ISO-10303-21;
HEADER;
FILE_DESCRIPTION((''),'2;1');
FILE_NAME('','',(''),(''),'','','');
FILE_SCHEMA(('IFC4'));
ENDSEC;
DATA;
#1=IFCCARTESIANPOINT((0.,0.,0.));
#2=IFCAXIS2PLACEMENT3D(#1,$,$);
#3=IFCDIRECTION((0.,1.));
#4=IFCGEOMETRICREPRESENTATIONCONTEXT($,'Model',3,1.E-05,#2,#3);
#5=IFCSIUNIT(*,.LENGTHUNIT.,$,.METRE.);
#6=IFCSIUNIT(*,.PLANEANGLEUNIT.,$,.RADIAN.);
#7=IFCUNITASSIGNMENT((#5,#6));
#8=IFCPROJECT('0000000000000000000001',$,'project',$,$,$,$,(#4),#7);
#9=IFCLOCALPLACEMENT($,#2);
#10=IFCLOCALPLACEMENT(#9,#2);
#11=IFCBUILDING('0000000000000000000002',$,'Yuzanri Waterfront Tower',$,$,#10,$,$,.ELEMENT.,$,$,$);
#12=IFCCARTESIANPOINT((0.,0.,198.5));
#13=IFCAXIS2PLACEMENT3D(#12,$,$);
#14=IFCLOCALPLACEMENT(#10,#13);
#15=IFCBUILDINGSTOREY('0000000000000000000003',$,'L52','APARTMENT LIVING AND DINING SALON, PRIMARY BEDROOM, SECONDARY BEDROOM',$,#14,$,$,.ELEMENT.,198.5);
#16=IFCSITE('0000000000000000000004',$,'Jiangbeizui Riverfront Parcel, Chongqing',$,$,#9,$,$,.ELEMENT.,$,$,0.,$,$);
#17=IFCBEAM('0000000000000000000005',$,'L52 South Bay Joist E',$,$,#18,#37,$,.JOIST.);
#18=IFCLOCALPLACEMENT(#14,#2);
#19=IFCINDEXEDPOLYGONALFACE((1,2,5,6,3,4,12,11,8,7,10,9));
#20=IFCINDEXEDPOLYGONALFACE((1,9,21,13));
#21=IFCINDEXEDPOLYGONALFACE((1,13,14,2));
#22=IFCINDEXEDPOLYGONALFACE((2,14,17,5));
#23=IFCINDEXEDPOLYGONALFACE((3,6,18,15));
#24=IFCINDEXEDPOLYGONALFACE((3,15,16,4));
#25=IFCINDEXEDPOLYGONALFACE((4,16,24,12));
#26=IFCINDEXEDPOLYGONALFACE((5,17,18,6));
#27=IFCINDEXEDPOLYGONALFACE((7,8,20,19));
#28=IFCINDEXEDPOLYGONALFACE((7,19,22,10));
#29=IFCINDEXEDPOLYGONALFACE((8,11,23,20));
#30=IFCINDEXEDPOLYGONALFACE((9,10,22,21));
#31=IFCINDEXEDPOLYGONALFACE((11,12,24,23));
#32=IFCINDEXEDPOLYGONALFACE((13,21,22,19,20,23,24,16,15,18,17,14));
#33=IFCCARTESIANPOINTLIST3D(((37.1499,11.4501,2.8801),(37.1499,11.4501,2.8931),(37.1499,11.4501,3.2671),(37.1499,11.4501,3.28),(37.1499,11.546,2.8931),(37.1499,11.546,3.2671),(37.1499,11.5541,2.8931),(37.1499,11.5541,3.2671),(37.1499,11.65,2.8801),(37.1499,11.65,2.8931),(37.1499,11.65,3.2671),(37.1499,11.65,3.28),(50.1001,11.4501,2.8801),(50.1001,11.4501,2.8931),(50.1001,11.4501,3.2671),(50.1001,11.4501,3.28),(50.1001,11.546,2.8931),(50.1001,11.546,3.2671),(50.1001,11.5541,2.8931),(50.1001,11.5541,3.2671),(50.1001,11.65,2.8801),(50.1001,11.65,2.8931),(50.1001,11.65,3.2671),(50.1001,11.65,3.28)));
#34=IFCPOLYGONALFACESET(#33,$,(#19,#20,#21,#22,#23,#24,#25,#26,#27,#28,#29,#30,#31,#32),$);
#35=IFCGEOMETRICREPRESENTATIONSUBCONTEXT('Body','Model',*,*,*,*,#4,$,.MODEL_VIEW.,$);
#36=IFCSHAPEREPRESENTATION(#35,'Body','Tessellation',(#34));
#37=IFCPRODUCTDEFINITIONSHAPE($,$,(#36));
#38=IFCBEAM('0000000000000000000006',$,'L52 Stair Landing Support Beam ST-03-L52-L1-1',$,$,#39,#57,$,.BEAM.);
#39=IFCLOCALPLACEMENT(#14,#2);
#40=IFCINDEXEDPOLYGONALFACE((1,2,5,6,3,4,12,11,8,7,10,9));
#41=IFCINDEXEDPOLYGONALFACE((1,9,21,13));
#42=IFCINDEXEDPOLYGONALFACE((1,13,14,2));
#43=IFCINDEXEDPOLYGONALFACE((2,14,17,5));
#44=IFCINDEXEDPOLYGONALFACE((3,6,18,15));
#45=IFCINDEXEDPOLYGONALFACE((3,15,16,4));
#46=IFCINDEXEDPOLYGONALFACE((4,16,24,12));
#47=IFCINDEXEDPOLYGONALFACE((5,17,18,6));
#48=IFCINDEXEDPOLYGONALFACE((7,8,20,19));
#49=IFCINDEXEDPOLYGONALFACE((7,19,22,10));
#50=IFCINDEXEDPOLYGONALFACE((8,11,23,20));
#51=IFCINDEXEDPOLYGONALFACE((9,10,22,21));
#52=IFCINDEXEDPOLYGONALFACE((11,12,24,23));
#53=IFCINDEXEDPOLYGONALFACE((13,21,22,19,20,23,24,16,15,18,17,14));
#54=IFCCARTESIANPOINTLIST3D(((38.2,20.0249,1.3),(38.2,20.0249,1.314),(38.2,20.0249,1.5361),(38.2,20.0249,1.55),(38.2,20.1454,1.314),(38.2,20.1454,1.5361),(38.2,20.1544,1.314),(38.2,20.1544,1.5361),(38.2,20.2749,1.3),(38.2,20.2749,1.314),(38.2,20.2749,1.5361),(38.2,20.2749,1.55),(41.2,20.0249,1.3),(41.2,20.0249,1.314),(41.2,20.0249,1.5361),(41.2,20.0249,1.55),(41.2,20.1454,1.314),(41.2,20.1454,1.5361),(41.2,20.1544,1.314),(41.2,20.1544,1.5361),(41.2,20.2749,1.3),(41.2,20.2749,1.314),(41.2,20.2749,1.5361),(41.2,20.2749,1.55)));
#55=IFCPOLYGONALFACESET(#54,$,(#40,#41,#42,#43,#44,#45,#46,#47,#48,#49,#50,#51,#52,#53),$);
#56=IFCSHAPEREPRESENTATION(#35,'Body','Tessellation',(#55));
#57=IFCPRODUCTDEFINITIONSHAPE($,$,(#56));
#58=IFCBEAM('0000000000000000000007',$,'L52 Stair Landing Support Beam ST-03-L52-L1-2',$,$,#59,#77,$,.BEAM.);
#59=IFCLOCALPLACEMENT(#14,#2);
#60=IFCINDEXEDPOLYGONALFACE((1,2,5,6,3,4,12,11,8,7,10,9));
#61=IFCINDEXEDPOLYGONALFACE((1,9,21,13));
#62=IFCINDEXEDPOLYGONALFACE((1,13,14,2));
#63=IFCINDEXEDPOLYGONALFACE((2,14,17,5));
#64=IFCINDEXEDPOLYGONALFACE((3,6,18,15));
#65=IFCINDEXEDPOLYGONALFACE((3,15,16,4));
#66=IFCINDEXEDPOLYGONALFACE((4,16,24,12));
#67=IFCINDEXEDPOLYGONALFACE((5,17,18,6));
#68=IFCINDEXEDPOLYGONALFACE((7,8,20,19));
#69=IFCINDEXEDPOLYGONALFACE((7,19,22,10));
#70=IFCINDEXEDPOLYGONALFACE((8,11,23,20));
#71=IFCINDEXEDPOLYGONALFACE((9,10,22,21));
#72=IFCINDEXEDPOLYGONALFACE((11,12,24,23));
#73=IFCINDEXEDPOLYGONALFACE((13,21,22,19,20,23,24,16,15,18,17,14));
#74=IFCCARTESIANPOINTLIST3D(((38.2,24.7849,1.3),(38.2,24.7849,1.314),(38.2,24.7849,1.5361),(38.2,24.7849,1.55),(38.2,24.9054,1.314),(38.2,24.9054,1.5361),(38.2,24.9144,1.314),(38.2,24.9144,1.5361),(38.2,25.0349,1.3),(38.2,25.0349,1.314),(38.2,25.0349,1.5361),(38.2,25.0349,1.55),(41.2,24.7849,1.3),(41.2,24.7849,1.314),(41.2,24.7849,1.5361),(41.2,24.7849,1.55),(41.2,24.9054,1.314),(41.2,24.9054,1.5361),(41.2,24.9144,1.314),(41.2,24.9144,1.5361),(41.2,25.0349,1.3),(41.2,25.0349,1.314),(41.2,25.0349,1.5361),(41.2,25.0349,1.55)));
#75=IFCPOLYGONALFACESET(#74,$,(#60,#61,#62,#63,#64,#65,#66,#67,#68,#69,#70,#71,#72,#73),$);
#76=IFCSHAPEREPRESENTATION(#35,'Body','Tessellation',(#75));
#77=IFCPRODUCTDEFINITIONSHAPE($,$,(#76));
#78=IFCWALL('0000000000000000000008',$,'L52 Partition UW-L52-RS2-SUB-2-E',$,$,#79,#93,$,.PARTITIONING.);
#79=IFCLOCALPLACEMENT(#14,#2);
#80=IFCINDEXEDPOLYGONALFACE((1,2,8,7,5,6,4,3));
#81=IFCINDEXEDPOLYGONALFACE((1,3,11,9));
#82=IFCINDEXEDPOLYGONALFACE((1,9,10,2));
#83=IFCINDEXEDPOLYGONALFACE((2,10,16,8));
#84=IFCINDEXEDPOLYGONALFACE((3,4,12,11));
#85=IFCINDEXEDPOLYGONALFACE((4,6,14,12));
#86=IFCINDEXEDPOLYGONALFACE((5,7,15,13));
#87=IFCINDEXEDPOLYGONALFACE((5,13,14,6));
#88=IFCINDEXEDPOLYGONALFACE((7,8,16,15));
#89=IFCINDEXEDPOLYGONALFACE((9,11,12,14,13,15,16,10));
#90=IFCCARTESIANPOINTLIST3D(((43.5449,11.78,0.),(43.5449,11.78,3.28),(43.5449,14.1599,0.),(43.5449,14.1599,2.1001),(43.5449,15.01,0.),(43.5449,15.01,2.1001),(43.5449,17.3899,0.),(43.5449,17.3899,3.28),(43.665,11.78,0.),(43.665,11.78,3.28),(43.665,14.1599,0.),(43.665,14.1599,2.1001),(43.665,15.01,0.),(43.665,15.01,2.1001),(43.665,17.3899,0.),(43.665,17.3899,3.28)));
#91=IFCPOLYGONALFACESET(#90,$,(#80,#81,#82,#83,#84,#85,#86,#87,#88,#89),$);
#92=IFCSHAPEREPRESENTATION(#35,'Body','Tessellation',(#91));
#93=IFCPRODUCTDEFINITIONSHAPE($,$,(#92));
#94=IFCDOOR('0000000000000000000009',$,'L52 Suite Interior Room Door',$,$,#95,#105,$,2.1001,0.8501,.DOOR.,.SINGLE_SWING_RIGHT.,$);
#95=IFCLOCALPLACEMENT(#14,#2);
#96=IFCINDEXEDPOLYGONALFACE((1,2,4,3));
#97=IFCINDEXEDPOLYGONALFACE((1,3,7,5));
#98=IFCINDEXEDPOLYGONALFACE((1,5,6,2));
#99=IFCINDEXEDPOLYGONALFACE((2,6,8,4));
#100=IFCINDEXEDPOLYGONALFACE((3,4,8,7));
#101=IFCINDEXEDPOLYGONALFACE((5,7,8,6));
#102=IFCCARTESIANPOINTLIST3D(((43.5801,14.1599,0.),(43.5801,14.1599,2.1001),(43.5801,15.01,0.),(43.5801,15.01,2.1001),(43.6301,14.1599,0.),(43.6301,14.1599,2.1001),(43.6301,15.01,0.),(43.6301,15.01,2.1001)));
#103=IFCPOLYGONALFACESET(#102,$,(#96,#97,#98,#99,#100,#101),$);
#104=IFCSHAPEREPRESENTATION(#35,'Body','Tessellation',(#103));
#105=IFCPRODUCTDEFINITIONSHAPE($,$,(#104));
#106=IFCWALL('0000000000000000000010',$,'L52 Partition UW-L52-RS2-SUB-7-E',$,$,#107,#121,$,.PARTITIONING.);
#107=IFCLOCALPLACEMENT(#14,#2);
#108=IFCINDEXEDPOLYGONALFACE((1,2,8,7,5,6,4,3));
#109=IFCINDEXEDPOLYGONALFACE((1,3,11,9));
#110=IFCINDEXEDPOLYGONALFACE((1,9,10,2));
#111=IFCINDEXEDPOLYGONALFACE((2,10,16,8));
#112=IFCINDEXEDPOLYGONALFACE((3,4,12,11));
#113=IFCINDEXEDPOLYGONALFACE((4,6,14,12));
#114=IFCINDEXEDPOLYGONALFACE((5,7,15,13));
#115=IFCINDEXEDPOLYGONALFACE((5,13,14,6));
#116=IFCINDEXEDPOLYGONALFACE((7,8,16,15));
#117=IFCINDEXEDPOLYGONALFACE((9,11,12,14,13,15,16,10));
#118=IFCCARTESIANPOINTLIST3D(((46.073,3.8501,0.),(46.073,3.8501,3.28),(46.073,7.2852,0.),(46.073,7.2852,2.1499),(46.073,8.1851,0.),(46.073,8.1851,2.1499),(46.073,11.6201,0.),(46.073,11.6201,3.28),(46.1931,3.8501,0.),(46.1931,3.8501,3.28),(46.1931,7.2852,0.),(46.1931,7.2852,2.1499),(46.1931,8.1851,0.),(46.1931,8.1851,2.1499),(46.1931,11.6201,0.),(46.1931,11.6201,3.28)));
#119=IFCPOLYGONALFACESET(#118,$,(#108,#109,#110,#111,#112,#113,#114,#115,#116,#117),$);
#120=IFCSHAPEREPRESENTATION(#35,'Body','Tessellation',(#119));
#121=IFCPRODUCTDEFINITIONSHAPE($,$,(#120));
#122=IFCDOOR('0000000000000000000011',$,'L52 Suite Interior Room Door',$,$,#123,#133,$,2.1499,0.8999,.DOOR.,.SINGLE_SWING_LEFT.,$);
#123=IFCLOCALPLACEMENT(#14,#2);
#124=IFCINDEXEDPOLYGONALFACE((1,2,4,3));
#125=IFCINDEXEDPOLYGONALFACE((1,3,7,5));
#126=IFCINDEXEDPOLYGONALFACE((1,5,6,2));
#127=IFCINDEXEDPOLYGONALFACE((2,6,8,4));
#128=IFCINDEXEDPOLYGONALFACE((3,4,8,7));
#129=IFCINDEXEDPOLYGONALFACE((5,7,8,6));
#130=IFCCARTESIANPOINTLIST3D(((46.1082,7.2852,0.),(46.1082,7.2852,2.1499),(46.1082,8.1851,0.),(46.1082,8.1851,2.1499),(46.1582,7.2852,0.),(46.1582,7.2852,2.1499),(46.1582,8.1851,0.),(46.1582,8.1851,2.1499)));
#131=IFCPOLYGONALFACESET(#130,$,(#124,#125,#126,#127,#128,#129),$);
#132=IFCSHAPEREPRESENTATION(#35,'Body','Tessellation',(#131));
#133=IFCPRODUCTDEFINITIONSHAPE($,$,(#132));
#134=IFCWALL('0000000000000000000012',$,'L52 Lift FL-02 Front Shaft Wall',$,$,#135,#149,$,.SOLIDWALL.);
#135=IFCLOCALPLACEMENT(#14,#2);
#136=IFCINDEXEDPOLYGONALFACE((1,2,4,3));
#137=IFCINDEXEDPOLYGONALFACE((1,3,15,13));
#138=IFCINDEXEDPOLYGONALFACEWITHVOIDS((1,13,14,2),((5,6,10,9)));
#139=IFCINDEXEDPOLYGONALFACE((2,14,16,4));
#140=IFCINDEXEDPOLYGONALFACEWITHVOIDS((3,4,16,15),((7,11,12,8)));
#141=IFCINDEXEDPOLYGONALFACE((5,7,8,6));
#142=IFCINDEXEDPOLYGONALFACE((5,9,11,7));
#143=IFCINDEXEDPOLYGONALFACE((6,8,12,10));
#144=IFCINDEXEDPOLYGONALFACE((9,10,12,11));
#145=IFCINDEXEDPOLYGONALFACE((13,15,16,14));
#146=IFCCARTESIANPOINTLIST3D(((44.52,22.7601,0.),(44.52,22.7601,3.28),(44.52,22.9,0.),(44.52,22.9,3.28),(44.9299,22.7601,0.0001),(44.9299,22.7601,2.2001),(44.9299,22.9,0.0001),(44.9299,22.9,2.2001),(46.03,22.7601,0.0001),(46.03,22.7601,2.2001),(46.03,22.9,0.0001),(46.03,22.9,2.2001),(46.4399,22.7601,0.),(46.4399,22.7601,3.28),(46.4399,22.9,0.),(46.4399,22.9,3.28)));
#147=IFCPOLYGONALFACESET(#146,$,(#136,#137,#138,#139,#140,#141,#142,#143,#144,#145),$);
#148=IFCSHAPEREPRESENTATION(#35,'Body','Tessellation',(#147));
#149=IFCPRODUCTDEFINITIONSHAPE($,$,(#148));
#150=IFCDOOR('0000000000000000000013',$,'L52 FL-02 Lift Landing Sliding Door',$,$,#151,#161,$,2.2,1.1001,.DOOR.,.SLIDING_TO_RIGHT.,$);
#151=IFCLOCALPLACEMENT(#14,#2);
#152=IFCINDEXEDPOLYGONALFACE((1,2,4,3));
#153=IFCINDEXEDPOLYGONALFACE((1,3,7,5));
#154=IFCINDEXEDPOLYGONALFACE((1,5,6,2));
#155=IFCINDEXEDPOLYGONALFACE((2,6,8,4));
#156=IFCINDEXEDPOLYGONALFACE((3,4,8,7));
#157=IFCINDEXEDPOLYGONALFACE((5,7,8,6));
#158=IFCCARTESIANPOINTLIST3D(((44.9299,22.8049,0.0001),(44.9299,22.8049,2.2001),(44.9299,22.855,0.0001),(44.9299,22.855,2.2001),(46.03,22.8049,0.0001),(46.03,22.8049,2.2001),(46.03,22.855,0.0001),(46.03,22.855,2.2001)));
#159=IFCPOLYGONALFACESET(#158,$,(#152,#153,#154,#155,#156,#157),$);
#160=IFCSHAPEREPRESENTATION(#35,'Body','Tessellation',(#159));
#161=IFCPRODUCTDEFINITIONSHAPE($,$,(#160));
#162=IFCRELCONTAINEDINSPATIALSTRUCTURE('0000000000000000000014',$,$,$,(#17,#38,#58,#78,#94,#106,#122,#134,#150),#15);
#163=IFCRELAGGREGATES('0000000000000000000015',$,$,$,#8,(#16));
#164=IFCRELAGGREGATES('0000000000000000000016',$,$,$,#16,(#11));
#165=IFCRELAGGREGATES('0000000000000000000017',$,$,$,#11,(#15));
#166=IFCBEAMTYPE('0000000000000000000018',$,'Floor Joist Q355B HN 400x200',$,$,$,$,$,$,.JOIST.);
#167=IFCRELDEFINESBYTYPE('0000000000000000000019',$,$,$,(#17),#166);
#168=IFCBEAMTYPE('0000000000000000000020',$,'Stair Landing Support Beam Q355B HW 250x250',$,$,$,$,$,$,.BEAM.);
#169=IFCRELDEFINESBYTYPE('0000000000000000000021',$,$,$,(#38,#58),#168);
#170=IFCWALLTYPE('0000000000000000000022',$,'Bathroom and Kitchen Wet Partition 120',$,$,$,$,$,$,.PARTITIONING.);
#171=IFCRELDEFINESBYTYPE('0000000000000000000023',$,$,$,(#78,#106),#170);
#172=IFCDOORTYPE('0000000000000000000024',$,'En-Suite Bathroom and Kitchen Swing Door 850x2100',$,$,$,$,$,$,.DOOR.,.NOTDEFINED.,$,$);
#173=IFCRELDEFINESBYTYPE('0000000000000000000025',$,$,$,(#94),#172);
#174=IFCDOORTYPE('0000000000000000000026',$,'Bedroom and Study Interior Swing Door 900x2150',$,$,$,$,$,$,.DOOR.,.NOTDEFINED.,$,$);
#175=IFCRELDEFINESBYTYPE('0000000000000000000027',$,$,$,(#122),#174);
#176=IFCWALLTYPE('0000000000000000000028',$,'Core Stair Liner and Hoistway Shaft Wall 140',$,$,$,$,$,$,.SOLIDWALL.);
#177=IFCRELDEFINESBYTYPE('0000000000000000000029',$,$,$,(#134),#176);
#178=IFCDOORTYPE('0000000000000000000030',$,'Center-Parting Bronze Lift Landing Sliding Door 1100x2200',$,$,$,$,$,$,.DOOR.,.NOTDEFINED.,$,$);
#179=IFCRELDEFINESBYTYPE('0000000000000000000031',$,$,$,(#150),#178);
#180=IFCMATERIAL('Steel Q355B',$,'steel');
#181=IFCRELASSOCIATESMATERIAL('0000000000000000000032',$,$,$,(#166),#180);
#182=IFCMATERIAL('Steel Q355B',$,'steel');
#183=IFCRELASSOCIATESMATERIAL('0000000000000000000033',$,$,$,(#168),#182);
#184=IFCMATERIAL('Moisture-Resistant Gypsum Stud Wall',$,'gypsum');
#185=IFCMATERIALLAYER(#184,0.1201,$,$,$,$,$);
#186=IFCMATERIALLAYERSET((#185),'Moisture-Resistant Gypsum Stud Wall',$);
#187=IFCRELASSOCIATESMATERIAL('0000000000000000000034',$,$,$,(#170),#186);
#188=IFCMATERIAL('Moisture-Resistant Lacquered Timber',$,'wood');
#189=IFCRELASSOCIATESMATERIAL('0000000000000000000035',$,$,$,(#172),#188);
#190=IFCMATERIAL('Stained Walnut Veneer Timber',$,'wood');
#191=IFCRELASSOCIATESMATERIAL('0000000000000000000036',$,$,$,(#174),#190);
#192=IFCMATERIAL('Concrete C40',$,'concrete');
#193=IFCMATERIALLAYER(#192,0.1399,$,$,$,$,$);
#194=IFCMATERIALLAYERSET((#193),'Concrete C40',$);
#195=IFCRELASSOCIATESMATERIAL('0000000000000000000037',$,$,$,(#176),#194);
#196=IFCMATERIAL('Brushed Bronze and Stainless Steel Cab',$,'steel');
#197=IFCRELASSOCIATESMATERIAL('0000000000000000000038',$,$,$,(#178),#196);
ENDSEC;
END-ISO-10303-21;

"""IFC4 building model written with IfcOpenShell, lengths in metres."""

from ifc_helpers import new_model, si_unit, direction, frame, frame_2d, origin, origin_2d, place, context, subcontext, project, spatial, rectangle, i_section, extrude, source, transform, mapped, material, layer, layer_set, material_profile, profile_set, type_object, element, fill, save


model = new_model("IFC4")

# Units and contexts
model_context = context("Model", 3, precision=1e-05, world=origin(), true_north=direction((0.0, 1.0)))
body_context = subcontext(model_context, "Body", "Model", "MODEL_VIEW")
ifc_project = project(units=[si_unit("LENGTHUNIT", "METRE"), si_unit("PLANEANGLEUNIT", "RADIAN")], contexts=[model_context])

# Site, building, storey
site_placement = place(None, origin())
site = spatial("IfcSite", under=ifc_project, at=site_placement, Name="Jiangbeizui Riverfront Parcel, Chongqing", CompositionType="ELEMENT", RefElevation=0.0)
building_placement = place(site_placement, origin())
building = spatial("IfcBuilding", under=site, at=building_placement, Name="Yuzanri Waterfront Tower", CompositionType="ELEMENT")
storey_placement = place(building_placement, frame((0.0, 0.0, 198.5)))
storey = spatial("IfcBuildingStorey", under=building, at=storey_placement, Name="L52", Description="APARTMENT LIVING AND DINING SALON, PRIMARY BEDROOM, SECONDARY BEDROOM", CompositionType="ELEMENT", Elevation=198.5)

# Beams
ifc_material_1 = material(Name="Steel Q355B", Category="steel")
ifc_material_profile_1 = material_profile(ifc_material_1, i_section(OverallWidth=0.2, OverallDepth=0.3999, WebThickness=0.0081, FlangeThickness=0.0129, at=origin_2d()), Name="HN 400x200x8x13")
ifc_profile_set_1 = profile_set([ifc_material_profile_1], Name="Steel Q355B")
beam_type_1 = type_object("IfcBeamType", Name="Floor Joist Q355B HN 400x200", PredefinedType="JOIST", material=ifc_profile_set_1)
shared_shape_1 = source(origin(), body_context, "Body", "SweptSolid", [
    extrude(i_section(OverallWidth=0.2, OverallDepth=0.3999, WebThickness=0.0081, FlangeThickness=0.0129, at=origin_2d()), origin(), (0.0, 0.0, 1.0), 12.9502),
])
beam_placement = place(storey_placement, frame((37.1499, 11.55, 3.0801), z_axis=(1.0, 0.0, 0.0), x_axis=(0.0, 1.0, 0.0)))
element("IfcBeam", 1, at=beam_placement, inside=storey, type_object=beam_type_1, Name="L52 South Bay Joist E", PredefinedType="JOIST", context=body_context, shape_type="MappedRepresentation", body=[
    mapped(shared_shape_1, transform((0.0, 0.0, 0.0), scale=1.0)),
])
ifc_material_2 = material(Name="Steel Q355B", Category="steel")
ifc_material_profile_2 = material_profile(ifc_material_2, i_section(OverallWidth=0.25, OverallDepth=0.25, WebThickness=0.009, FlangeThickness=0.0139, at=origin_2d()), Name="HW 250x250x9x14")
ifc_profile_set_2 = profile_set([ifc_material_profile_2], Name="Steel Q355B")
beam_type_2 = type_object("IfcBeamType", Name="Stair Landing Support Beam Q355B HW 250x250", PredefinedType="BEAM", material=ifc_profile_set_2)
shared_shape_2 = source(origin(), body_context, "Body", "SweptSolid", [
    extrude(i_section(OverallWidth=0.25, OverallDepth=0.25, WebThickness=0.009, FlangeThickness=0.0139, at=origin_2d()), origin(), (0.0, 0.0, 1.0), 3.0),
])
for number, where, z_axis, x_axis, name in (
    (2, (38.2, 20.1499, 1.425), (1.0, 0.0, 0.0), (0.0, 1.0, 0.0), "L52 Stair Landing Support Beam ST-03-L52-L1-1"),
    (3, (38.2, 24.9099, 1.425), (1.0, 0.0, 0.0), (0.0, 1.0, 0.0), "L52 Stair Landing Support Beam ST-03-L52-L1-2"),
):
    element("IfcBeam", number, at=place(storey_placement, frame(where, z_axis=z_axis, x_axis=x_axis)), inside=storey, type_object=beam_type_2, Name=name, PredefinedType="BEAM", context=body_context, shape_type="MappedRepresentation", body=[
        mapped(shared_shape_2, transform((0.0, 0.0, 0.0), scale=1.0)),
    ])

# Walls, openings, doors
ifc_material_3 = material(Name="Moisture-Resistant Gypsum Stud Wall", Category="gypsum")
ifc_layer_1 = layer(ifc_material_3, 0.1201)
ifc_layer_set_1 = layer_set([ifc_layer_1], Name="Moisture-Resistant Gypsum Stud Wall")
wall_type_1 = type_object("IfcWallType", Name="Bathroom and Kitchen Wet Partition 120", PredefinedType="PARTITIONING", material=ifc_layer_set_1)
wall_1_placement = place(storey_placement, frame((43.605, 11.78, 0.0), z_axis=(0.0, 0.0, 1.0), x_axis=(0.0, 1.0, 0.0)))
wall_1 = element("IfcWall", 4, at=wall_1_placement, inside=storey, type_object=wall_type_1, Name="L52 Partition UW-L52-RS2-SUB-2-E", PredefinedType="PARTITIONING", context=body_context, shape_type="SweptSolid", body=[
    extrude(rectangle(XDim=5.6099, YDim=0.1201, at=frame_2d((2.8049, 0.0))), origin(), (0.0, 0.0, 1.0), 3.28),
])
opening_1_placement = place(wall_1_placement, frame((2.3799, 0.0, 0.0)))
opening_1 = element("IfcOpeningElement", 5, at=opening_1_placement, cuts=wall_1, PredefinedType="OPENING", context=body_context, shape_type="SweptSolid", body=[
    extrude(rectangle(XDim=0.8501, YDim=2.1001, at=frame_2d((0.425, 1.05))), frame((0.0, 0.075, 0.0), z_axis=(0.0, -1.0, 0.0), x_axis=(1.0, 0.0, 0.0)), (0.0, 0.0, 1.0), 0.1499),
])
ifc_material_4 = material(Name="Moisture-Resistant Lacquered Timber", Category="wood")
door_type_1 = type_object("IfcDoorType", Name="En-Suite Bathroom and Kitchen Swing Door 850x2100", OperationType="NOTDEFINED", PredefinedType="DOOR", material=ifc_material_4)
shared_shape_3 = source(origin(), body_context, "Body", "SweptSolid", [
    extrude(rectangle(XDim=0.8501, YDim=2.1001, at=frame_2d((0.425, 1.05))), frame((0.0, 0.0249, 0.0), z_axis=(0.0, -1.0, 0.0), x_axis=(1.0, 0.0, 0.0)), (0.0, 0.0, 1.0), 0.05),
])
door_1_placement = place(opening_1_placement, origin())
door_1 = element("IfcDoor", 6, at=door_1_placement, inside=storey, type_object=door_type_1, Name="L52 Suite Interior Room Door", OperationType="SINGLE_SWING_RIGHT", OverallHeight=2.1001, OverallWidth=0.8501, PredefinedType="DOOR", context=body_context, shape_type="MappedRepresentation", body=[
    mapped(shared_shape_3, transform((0.0, 0.0, 0.0), scale=1.0)),
])
fill(opening_1, door_1)
wall_2_placement = place(storey_placement, frame((46.1331, 3.8501, 0.0), z_axis=(0.0, 0.0, 1.0), x_axis=(0.0, 1.0, 0.0)))
wall_2 = element("IfcWall", 7, at=wall_2_placement, inside=storey, type_object=wall_type_1, Name="L52 Partition UW-L52-RS2-SUB-7-E", PredefinedType="PARTITIONING", context=body_context, shape_type="SweptSolid", body=[
    extrude(rectangle(XDim=7.77, YDim=0.1201, at=frame_2d((3.885, 0.0))), origin(), (0.0, 0.0, 1.0), 3.28),
])
opening_2_placement = place(wall_2_placement, frame((3.4351, 0.0, 0.0)))
opening_2 = element("IfcOpeningElement", 8, at=opening_2_placement, cuts=wall_2, PredefinedType="OPENING", context=body_context, shape_type="SweptSolid", body=[
    extrude(rectangle(XDim=0.8999, YDim=2.1499, at=frame_2d((0.45, 1.075))), frame((0.0, 0.075, 0.0), z_axis=(0.0, -1.0, 0.0), x_axis=(1.0, 0.0, 0.0)), (0.0, 0.0, 1.0), 0.1499),
])
ifc_material_5 = material(Name="Stained Walnut Veneer Timber", Category="wood")
door_type_2 = type_object("IfcDoorType", Name="Bedroom and Study Interior Swing Door 900x2150", OperationType="NOTDEFINED", PredefinedType="DOOR", material=ifc_material_5)
shared_shape_4 = source(origin(), body_context, "Body", "SweptSolid", [
    extrude(rectangle(XDim=0.8999, YDim=2.1499, at=frame_2d((0.45, 1.075))), frame((0.0, 0.0249, 0.0), z_axis=(0.0, -1.0, 0.0), x_axis=(1.0, 0.0, 0.0)), (0.0, 0.0, 1.0), 0.05),
])
door_2_placement = place(opening_2_placement, origin())
door_2 = element("IfcDoor", 9, at=door_2_placement, inside=storey, type_object=door_type_2, Name="L52 Suite Interior Room Door", OperationType="SINGLE_SWING_LEFT", OverallHeight=2.1499, OverallWidth=0.8999, PredefinedType="DOOR", context=body_context, shape_type="MappedRepresentation", body=[
    mapped(shared_shape_4, transform((0.0, 0.0, 0.0), scale=1.0)),
])
fill(opening_2, door_2)
ifc_material_6 = material(Name="Concrete C40", Category="concrete")
ifc_layer_2 = layer(ifc_material_6, 0.1399)
ifc_layer_set_2 = layer_set([ifc_layer_2], Name="Concrete C40")
wall_type_2 = type_object("IfcWallType", Name="Core Stair Liner and Hoistway Shaft Wall 140", PredefinedType="SOLIDWALL", material=ifc_layer_set_2)
wall_3_placement = place(storey_placement, frame((44.52, 22.8301, 0.0), z_axis=(0.0, 0.0, 1.0), x_axis=(1.0, 0.0, 0.0)))
wall_3 = element("IfcWall", 10, at=wall_3_placement, inside=storey, type_object=wall_type_2, Name="L52 Lift FL-02 Front Shaft Wall", PredefinedType="SOLIDWALL", context=body_context, shape_type="SweptSolid", body=[
    extrude(rectangle(XDim=1.9199, YDim=0.1399, at=frame_2d((0.96, 0.0))), origin(), (0.0, 0.0, 1.0), 3.28),
])
opening_3_placement = place(wall_3_placement, frame((0.4099, 0.0, 0.0)))
opening_3 = element("IfcOpeningElement", 11, at=opening_3_placement, cuts=wall_3, PredefinedType="OPENING", context=body_context, shape_type="SweptSolid", body=[
    extrude(rectangle(XDim=1.1001, YDim=2.2, at=frame_2d((0.55, 1.1001))), frame((0.0, 0.085, 0.0), z_axis=(0.0, -1.0, 0.0), x_axis=(1.0, 0.0, 0.0)), (0.0, 0.0, 1.0), 0.1697),
])
ifc_material_7 = material(Name="Brushed Bronze and Stainless Steel Cab", Category="steel")
door_type_3 = type_object("IfcDoorType", Name="Center-Parting Bronze Lift Landing Sliding Door 1100x2200", OperationType="NOTDEFINED", PredefinedType="DOOR", material=ifc_material_7)
shared_shape_5 = source(origin(), body_context, "Body", "SweptSolid", [
    extrude(rectangle(XDim=1.1001, YDim=2.2, at=frame_2d((0.55, 1.1001))), frame((0.0, 0.0249, 0.0), z_axis=(0.0, -1.0, 0.0), x_axis=(1.0, 0.0, 0.0)), (0.0, 0.0, 1.0), 0.05),
])
door_3_placement = place(opening_3_placement, origin())
door_3 = element("IfcDoor", 12, at=door_3_placement, inside=storey, type_object=door_type_3, Name="L52 FL-02 Lift Landing Sliding Door", OperationType="SLIDING_TO_RIGHT", OverallHeight=2.2, OverallWidth=1.1001, PredefinedType="DOOR", context=body_context, shape_type="MappedRepresentation", body=[
    mapped(shared_shape_5, transform((0.0, 0.0, 0.0), scale=1.0)),
])
fill(opening_3, door_3)

save(model, "model.ifc")
